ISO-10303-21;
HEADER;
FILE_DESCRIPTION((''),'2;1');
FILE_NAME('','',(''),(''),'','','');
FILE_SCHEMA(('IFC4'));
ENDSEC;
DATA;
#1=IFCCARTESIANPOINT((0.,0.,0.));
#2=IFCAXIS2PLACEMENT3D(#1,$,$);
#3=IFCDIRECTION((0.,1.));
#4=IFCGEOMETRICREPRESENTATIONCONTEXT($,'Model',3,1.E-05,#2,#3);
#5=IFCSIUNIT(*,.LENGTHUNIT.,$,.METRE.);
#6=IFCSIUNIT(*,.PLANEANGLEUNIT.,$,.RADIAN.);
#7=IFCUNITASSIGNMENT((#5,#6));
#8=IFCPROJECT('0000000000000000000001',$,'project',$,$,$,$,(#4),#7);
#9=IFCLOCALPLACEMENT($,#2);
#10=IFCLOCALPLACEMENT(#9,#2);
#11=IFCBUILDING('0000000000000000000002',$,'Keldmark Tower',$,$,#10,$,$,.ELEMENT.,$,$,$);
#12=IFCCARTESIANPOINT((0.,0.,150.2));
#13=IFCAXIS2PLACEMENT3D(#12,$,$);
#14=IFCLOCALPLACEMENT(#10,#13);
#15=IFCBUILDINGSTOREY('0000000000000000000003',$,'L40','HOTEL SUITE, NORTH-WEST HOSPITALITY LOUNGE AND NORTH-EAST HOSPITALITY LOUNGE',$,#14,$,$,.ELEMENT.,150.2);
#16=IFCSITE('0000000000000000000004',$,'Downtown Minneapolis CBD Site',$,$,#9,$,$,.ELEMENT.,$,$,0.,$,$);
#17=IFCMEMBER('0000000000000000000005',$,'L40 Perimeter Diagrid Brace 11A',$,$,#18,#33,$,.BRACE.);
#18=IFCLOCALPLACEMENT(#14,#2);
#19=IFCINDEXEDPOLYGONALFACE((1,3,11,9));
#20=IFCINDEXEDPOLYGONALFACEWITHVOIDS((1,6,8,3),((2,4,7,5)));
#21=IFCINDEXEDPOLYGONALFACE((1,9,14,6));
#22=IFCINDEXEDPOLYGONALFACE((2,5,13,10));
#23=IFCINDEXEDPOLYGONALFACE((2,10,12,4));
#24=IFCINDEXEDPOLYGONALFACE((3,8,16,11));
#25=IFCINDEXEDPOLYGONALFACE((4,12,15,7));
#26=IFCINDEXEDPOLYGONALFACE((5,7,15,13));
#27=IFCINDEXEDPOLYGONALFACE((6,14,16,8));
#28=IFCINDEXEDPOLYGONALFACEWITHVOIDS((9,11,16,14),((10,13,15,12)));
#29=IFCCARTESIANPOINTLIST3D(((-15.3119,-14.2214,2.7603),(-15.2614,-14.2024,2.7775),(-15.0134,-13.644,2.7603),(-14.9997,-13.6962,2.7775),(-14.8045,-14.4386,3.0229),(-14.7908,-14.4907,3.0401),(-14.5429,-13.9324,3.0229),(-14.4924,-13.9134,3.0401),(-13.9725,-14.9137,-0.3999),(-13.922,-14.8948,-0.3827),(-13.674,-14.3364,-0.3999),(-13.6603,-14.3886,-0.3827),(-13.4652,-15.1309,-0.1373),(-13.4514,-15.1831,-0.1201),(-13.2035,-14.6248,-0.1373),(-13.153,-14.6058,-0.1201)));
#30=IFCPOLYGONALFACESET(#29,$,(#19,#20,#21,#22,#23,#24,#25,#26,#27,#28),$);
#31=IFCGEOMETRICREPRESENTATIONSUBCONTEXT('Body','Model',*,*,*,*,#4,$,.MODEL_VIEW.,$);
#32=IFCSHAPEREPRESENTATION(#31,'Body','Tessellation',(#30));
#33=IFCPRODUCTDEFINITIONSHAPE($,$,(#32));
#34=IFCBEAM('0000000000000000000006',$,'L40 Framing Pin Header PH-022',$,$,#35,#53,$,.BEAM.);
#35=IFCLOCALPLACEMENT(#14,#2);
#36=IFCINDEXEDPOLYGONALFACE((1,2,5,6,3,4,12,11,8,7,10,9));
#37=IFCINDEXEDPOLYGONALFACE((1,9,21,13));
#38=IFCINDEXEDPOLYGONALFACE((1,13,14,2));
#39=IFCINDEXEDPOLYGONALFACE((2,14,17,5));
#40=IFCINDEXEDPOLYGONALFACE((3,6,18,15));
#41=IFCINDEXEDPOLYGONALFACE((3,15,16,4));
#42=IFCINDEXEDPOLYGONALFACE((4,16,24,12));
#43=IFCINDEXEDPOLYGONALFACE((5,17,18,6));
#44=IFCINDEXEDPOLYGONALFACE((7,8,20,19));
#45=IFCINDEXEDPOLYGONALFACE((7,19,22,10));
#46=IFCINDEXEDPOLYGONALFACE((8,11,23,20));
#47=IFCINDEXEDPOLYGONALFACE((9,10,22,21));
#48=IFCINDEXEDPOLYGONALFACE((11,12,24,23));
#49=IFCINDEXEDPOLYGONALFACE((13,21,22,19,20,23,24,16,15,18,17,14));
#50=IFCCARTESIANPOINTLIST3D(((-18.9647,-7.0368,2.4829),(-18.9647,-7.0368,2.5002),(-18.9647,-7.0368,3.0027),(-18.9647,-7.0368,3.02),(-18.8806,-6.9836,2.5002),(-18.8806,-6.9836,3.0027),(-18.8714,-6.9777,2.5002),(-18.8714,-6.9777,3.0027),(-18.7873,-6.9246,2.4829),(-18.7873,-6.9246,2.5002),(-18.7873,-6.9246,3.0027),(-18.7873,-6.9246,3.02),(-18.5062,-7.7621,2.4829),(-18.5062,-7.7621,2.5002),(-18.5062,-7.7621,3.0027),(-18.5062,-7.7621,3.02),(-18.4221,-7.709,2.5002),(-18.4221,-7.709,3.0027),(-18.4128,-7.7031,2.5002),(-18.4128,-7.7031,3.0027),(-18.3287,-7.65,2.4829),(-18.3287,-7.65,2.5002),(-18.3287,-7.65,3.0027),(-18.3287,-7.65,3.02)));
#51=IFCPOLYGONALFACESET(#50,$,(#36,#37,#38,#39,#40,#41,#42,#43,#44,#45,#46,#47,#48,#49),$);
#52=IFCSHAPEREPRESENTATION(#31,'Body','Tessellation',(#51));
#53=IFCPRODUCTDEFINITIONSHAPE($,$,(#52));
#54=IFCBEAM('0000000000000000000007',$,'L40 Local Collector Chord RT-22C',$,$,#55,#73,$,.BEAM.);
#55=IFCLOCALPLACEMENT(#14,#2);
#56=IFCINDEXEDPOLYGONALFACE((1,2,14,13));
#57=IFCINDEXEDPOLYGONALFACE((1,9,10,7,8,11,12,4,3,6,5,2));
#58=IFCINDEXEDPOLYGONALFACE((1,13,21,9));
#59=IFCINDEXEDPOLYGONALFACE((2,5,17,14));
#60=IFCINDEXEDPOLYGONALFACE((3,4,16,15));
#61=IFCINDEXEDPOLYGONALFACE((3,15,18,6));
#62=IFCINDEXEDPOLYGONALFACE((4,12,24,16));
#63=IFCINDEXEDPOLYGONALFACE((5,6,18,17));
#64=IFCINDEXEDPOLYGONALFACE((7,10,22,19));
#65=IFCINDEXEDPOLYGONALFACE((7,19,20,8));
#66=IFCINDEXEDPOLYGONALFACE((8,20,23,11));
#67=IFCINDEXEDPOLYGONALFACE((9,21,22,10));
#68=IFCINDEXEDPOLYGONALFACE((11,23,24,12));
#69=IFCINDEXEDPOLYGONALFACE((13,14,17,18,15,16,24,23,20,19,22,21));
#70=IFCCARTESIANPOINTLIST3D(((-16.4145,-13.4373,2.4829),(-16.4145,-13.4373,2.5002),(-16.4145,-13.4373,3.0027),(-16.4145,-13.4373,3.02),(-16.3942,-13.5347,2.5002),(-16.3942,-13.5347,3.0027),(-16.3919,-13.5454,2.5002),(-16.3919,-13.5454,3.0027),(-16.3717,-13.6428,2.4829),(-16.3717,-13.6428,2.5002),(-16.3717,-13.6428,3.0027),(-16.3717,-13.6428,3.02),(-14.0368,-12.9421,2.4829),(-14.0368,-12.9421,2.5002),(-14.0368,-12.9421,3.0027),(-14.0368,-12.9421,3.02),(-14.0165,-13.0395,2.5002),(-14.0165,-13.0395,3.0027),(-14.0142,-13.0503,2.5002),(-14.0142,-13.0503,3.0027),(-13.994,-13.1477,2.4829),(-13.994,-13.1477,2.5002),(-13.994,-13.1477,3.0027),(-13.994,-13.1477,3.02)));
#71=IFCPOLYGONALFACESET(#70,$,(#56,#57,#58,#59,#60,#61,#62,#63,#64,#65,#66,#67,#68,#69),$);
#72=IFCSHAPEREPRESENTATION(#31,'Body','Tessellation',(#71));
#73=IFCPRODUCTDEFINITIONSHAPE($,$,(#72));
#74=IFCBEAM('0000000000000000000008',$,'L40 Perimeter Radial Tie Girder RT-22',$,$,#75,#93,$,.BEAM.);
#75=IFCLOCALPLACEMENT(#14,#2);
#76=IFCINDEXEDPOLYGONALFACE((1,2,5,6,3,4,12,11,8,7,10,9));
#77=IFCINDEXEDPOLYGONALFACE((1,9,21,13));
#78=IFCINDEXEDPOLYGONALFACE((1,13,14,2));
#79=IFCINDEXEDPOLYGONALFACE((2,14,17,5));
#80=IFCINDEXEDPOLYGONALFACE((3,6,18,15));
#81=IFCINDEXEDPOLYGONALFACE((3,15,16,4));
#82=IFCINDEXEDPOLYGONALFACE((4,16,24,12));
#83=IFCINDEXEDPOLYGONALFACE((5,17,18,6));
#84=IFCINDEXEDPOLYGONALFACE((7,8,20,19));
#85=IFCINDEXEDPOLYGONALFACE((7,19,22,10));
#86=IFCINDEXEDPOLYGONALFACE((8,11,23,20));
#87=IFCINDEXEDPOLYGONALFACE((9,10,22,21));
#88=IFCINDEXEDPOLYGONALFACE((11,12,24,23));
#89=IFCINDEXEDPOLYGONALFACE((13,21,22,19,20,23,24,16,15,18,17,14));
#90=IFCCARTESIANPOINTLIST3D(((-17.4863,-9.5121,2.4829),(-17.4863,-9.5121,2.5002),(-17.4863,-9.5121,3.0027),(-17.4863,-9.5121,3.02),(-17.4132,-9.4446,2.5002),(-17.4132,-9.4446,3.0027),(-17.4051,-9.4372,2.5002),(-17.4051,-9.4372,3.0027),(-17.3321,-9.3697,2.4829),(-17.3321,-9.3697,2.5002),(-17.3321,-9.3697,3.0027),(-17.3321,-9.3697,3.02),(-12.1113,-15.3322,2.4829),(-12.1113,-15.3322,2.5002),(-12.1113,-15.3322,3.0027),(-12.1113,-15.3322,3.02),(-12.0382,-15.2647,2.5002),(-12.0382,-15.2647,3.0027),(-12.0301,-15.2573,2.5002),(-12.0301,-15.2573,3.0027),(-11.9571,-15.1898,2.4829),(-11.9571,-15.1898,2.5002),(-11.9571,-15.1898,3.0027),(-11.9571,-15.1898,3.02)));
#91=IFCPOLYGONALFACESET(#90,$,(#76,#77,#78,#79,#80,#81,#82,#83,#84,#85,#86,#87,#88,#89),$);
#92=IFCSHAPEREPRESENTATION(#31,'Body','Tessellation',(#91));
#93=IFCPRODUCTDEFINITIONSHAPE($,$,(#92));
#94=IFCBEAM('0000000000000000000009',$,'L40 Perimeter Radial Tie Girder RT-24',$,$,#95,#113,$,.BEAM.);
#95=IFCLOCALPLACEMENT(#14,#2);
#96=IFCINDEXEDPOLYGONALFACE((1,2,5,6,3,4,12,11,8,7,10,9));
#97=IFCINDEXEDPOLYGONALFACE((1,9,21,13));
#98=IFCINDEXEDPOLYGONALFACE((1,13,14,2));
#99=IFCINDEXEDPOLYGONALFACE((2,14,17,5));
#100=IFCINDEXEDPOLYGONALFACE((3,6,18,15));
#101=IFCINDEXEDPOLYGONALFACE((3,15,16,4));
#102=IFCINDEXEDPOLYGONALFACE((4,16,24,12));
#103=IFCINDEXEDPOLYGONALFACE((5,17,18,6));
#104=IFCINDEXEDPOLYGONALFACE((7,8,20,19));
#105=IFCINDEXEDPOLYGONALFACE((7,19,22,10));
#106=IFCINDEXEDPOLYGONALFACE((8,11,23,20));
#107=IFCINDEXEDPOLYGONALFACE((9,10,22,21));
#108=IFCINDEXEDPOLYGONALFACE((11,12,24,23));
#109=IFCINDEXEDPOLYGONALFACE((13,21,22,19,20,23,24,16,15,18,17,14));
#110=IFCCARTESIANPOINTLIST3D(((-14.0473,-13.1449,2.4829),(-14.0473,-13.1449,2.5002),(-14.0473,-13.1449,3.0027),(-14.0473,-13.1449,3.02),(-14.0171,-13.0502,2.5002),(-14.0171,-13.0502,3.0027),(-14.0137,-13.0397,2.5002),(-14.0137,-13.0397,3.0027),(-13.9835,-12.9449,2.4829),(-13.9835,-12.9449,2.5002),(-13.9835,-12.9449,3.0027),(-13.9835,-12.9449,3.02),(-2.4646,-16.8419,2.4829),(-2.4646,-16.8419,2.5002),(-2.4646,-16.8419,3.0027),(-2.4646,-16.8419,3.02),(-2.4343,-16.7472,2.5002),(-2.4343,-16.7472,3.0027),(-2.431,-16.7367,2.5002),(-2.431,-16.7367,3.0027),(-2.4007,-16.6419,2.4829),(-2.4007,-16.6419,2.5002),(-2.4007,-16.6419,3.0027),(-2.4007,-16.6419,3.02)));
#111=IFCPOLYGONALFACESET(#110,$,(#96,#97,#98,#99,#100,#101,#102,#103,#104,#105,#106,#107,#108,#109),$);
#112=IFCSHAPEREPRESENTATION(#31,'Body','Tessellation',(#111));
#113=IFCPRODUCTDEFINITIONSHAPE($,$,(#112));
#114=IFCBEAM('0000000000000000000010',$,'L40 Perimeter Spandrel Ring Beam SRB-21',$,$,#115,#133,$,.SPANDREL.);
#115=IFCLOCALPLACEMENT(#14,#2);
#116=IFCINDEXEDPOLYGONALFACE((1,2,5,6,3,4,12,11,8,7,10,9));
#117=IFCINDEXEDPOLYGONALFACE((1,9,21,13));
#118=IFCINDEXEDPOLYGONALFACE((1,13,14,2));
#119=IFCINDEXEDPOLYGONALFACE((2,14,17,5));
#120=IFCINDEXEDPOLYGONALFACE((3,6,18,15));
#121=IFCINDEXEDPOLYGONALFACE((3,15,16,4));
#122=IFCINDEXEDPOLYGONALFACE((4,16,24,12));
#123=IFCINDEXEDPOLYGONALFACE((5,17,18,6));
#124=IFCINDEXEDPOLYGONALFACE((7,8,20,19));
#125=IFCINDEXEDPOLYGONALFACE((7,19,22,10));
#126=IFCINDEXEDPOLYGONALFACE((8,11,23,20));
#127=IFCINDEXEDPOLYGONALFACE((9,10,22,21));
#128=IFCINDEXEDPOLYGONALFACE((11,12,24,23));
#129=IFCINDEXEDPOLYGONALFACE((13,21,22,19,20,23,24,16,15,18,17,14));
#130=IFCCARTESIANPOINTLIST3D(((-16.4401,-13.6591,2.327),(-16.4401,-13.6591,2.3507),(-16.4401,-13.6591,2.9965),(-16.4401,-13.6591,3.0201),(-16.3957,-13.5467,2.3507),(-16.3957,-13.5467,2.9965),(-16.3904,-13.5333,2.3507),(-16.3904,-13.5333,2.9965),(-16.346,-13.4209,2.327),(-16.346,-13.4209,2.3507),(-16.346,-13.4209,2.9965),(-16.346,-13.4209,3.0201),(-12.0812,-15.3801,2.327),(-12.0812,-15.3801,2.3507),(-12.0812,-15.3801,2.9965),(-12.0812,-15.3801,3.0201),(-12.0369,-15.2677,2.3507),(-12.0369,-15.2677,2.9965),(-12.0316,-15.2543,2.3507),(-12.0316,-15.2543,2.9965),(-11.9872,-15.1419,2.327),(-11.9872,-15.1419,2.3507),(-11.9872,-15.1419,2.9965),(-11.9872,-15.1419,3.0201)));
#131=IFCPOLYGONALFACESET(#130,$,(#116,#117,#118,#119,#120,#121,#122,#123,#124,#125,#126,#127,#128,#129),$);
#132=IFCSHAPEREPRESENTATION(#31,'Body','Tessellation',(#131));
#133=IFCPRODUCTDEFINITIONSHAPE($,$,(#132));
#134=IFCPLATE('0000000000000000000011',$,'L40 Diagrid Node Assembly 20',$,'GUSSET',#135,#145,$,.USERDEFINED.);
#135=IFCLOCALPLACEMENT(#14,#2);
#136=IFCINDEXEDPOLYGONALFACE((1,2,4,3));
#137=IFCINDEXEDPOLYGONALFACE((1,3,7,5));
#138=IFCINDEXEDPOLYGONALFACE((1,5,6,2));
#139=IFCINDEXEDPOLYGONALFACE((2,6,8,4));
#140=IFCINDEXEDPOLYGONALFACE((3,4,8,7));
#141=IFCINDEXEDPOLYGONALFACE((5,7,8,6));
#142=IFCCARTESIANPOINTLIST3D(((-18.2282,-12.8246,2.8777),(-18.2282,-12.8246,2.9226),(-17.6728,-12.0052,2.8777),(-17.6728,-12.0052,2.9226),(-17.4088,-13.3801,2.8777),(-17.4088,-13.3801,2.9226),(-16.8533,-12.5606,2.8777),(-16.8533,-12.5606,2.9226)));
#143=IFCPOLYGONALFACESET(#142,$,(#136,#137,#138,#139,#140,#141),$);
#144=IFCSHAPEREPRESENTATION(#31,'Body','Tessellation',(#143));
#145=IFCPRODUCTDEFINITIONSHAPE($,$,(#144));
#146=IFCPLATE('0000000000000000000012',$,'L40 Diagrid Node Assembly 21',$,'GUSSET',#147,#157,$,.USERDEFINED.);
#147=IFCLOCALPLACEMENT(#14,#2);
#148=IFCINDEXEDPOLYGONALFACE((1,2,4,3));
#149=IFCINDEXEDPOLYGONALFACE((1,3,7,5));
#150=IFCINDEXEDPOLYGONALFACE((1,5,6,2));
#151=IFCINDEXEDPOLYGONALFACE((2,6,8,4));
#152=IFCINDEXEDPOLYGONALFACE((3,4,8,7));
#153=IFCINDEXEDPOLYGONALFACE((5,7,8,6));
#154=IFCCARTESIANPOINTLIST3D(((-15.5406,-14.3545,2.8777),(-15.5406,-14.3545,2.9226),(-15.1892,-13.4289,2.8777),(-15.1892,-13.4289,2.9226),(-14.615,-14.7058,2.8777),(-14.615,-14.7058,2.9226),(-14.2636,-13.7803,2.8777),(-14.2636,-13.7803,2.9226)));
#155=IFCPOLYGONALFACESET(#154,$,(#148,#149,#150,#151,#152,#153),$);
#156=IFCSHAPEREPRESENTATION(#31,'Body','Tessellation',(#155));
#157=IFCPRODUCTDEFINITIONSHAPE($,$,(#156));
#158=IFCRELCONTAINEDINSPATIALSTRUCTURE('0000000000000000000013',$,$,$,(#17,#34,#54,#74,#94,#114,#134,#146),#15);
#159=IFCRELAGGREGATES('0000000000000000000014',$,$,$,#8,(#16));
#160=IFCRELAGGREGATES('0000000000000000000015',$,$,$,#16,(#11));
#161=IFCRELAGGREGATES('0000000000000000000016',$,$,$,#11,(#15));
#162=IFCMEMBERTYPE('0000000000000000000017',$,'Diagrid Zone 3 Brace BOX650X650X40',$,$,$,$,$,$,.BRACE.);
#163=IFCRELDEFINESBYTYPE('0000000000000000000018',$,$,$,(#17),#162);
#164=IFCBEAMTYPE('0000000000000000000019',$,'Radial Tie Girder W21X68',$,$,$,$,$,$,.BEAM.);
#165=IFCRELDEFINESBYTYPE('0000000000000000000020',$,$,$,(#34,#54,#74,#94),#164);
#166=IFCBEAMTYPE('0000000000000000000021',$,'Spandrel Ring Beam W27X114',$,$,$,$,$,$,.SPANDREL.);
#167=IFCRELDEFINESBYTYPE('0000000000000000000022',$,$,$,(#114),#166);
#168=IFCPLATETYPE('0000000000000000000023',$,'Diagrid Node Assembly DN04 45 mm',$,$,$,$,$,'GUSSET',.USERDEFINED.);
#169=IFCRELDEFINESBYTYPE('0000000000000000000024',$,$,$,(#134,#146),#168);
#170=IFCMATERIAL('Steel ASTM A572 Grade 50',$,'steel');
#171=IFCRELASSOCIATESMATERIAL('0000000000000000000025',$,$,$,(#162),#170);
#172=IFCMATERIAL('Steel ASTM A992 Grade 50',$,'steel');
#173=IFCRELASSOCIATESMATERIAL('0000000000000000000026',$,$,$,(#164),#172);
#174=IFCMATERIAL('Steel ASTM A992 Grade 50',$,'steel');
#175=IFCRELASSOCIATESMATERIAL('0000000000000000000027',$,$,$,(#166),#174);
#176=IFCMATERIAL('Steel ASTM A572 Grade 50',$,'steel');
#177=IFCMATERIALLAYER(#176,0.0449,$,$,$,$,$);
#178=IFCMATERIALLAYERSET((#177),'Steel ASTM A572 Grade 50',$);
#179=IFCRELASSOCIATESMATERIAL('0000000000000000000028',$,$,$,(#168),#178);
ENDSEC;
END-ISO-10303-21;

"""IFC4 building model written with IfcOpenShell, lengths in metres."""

from ifc_helpers import new_model, si_unit, direction, frame, origin, origin_2d, place, context, subcontext, project, spatial, rectangle, hollow_rectangle, i_section, extrude, material, layer, layer_set, material_profile, profile_set, type_object, element, save


model = new_model("IFC4")

# Units and contexts
model_context = context("Model", 3, precision=1e-05, world=origin(), true_north=direction((0.0, 1.0)))
body_context = subcontext(model_context, "Body", "Model", "MODEL_VIEW")
ifc_project = project(units=[si_unit("LENGTHUNIT", "METRE"), si_unit("PLANEANGLEUNIT", "RADIAN")], contexts=[model_context])

# Site, building, storey
site_placement = place(None, origin())
site = spatial("IfcSite", under=ifc_project, at=site_placement, Name="Downtown Minneapolis CBD Site", CompositionType="ELEMENT", RefElevation=0.0)
building_placement = place(site_placement, origin())
building = spatial("IfcBuilding", under=site, at=building_placement, Name="Keldmark Tower", CompositionType="ELEMENT")
storey_placement = place(building_placement, frame((0.0, 0.0, 150.2)))
storey = spatial("IfcBuildingStorey", under=building, at=storey_placement, Name="L40", Description="HOTEL SUITE, NORTH-WEST HOSPITALITY LOUNGE AND NORTH-EAST HOSPITALITY LOUNGE", CompositionType="ELEMENT", Elevation=150.2)

# Member
ifc_material_1 = material(Name="Steel ASTM A572 Grade 50", Category="steel")
ifc_material_profile_1 = material_profile(ifc_material_1, hollow_rectangle(XDim=0.6499, YDim=0.6499, WallThickness=0.04, at=origin_2d()), Name="BOX650X650X40")
ifc_profile_set_1 = profile_set([ifc_material_profile_1], Name="Steel ASTM A572 Grade 50")
member_type = type_object("IfcMemberType", Name="Diagrid Zone 3 Brace BOX650X650X40", PredefinedType="BRACE", material=ifc_profile_set_1)
member_placement = place(storey_placement, frame((-13.5627, -14.7598, -0.26), z_axis=(-0.382519, 0.197744, 0.902539), x_axis=(-0.45922, -0.888322, 0.0)))
element("IfcMember", 1, at=member_placement, inside=storey, type_object=member_type, Name="L40 Perimeter Diagrid Brace 11A", PredefinedType="BRACE", context=body_context, shape_type="SweptSolid", body=[
    extrude(hollow_rectangle(XDim=0.6499, YDim=0.6499, WallThickness=0.04, at=origin_2d()), origin(), (0.0, 0.0, 1.0), 3.5015),
])

# Beams
ifc_material_2 = material(Name="Steel ASTM A992 Grade 50", Category="steel")
ifc_material_profile_2 = material_profile(ifc_material_2, i_section(OverallWidth=0.21, OverallDepth=0.5371, WebThickness=0.011, FlangeThickness=0.0173, at=origin_2d()), Name="W21X68")
ifc_profile_set_2 = profile_set([ifc_material_profile_2], Name="Steel ASTM A992 Grade 50")
beam_type_1 = type_object("IfcBeamType", Name="Radial Tie Girder W21X68", PredefinedType="BEAM", material=ifc_profile_set_2)
beam_1_placement = place(storey_placement, frame((-18.4175, -7.7061, 2.7515), z_axis=(-0.534314, 0.845286, 0.0), x_axis=(-0.845286, -0.534314, 0.0)))
element("IfcBeam", 2, at=beam_1_placement, inside=storey, type_object=beam_type_1, Name="L40 Framing Pin Header PH-022", PredefinedType="BEAM", context=body_context, shape_type="SweptSolid", body=[
    extrude(i_section(OverallWidth=0.21, OverallDepth=0.5371, WebThickness=0.011, FlangeThickness=0.0173, at=origin_2d()), origin(), (0.0, 0.0, 1.0), 0.8582),
])
beam_2_placement = place(storey_placement, frame((-16.3931, -13.54, 2.7515), z_axis=(0.979, 0.203862, 0.0), x_axis=(-0.203862, 0.979, 0.0)))
element("IfcBeam", 3, at=beam_2_placement, inside=storey, type_object=beam_type_1, Name="L40 Local Collector Chord RT-22C", PredefinedType="BEAM", context=body_context, shape_type="SweptSolid", body=[
    extrude(i_section(OverallWidth=0.21, OverallDepth=0.5371, WebThickness=0.011, FlangeThickness=0.0173, at=origin_2d()), origin(), (0.0, 0.0, 1.0), 2.4287),
])
beam_3_placement = place(storey_placement, frame((-17.4092, -9.4409, 2.7515), z_axis=(0.678459, -0.734638, 0.0), x_axis=(0.734638, 0.678459, 0.0)))
element("IfcBeam", 4, at=beam_3_placement, inside=storey, type_object=beam_type_1, Name="L40 Perimeter Radial Tie Girder RT-22", PredefinedType="BEAM", context=body_context, shape_type="SweptSolid", body=[
    extrude(i_section(OverallWidth=0.21, OverallDepth=0.5371, WebThickness=0.011, FlangeThickness=0.0173, at=origin_2d()), origin(), (0.0, 0.0, 1.0), 7.9224),
])
beam_4_placement = place(storey_placement, frame((-14.0154, -13.0449, 2.7515), z_axis=(0.95265, -0.30407, 0.0), x_axis=(0.30407, 0.95265, 0.0)))
element("IfcBeam", 5, at=beam_4_placement, inside=storey, type_object=beam_type_1, Name="L40 Perimeter Radial Tie Girder RT-24", PredefinedType="BEAM", context=body_context, shape_type="SweptSolid", body=[
    extrude(i_section(OverallWidth=0.21, OverallDepth=0.5371, WebThickness=0.011, FlangeThickness=0.0173, at=origin_2d()), origin(), (0.0, 0.0, 1.0), 12.1584),
])
ifc_material_3 = material(Name="Steel ASTM A992 Grade 50", Category="steel")
ifc_material_profile_3 = material_profile(ifc_material_3, i_section(OverallWidth=0.2561, OverallDepth=0.6931, WebThickness=0.0144, FlangeThickness=0.0237, at=origin_2d()), Name="W27X114")
ifc_profile_set_3 = profile_set([ifc_material_profile_3], Name="Steel ASTM A992 Grade 50")
beam_type_2 = type_object("IfcBeamType", Name="Spandrel Ring Beam W27X114", PredefinedType="SPANDREL", material=ifc_profile_set_3)
beam_5_placement = place(storey_placement, frame((-16.3931, -13.54, 2.6736), z_axis=(0.930131, -0.367228, 0.0), x_axis=(0.367228, 0.930131, 0.0)))
element("IfcBeam", 6, at=beam_5_placement, inside=storey, type_object=beam_type_2, Name="L40 Perimeter Spandrel Ring Beam SRB-21", PredefinedType="SPANDREL", context=body_context, shape_type="SweptSolid", body=[
    extrude(i_section(OverallWidth=0.2561, OverallDepth=0.6931, WebThickness=0.0144, FlangeThickness=0.0237, at=origin_2d()), origin(), (0.0, 0.0, 1.0), 4.6863),
])

# Plates
ifc_material_4 = material(Name="Steel ASTM A572 Grade 50", Category="steel")
ifc_layer_1 = layer(ifc_material_4, 0.0449)
ifc_layer_set_1 = layer_set([ifc_layer_1], Name="Steel ASTM A572 Grade 50")
plate_type = type_object("IfcPlateType", Name="Diagrid Node Assembly DN04 45 mm", ElementType="GUSSET", PredefinedType="USERDEFINED", material=ifc_layer_set_1)
for number, where, z_axis, x_axis, name in (
    (7, (-17.5408, -12.6926, 2.8777), (0.0, 0.0, 1.0), (0.827767, -0.561072, 0.0), "L40 Diagrid Node Assembly 20"),
    (8, (-14.9021, -14.0674, 2.8777), (0.0, 0.0, 1.0), (0.934888, -0.354944, 0.0), "L40 Diagrid Node Assembly 21"),
):
    element("IfcPlate", number, at=place(storey_placement, frame(where, z_axis=z_axis, x_axis=x_axis)), inside=storey, type_object=plate_type, Name=name, ObjectType="GUSSET", PredefinedType="USERDEFINED", context=body_context, shape_type="SweptSolid", body=[
        extrude(rectangle(XDim=0.99, YDim=0.99, at=origin_2d()), origin(), (0.0, 0.0, 1.0), 0.0449),
    ])

save(model, "model.ifc")
